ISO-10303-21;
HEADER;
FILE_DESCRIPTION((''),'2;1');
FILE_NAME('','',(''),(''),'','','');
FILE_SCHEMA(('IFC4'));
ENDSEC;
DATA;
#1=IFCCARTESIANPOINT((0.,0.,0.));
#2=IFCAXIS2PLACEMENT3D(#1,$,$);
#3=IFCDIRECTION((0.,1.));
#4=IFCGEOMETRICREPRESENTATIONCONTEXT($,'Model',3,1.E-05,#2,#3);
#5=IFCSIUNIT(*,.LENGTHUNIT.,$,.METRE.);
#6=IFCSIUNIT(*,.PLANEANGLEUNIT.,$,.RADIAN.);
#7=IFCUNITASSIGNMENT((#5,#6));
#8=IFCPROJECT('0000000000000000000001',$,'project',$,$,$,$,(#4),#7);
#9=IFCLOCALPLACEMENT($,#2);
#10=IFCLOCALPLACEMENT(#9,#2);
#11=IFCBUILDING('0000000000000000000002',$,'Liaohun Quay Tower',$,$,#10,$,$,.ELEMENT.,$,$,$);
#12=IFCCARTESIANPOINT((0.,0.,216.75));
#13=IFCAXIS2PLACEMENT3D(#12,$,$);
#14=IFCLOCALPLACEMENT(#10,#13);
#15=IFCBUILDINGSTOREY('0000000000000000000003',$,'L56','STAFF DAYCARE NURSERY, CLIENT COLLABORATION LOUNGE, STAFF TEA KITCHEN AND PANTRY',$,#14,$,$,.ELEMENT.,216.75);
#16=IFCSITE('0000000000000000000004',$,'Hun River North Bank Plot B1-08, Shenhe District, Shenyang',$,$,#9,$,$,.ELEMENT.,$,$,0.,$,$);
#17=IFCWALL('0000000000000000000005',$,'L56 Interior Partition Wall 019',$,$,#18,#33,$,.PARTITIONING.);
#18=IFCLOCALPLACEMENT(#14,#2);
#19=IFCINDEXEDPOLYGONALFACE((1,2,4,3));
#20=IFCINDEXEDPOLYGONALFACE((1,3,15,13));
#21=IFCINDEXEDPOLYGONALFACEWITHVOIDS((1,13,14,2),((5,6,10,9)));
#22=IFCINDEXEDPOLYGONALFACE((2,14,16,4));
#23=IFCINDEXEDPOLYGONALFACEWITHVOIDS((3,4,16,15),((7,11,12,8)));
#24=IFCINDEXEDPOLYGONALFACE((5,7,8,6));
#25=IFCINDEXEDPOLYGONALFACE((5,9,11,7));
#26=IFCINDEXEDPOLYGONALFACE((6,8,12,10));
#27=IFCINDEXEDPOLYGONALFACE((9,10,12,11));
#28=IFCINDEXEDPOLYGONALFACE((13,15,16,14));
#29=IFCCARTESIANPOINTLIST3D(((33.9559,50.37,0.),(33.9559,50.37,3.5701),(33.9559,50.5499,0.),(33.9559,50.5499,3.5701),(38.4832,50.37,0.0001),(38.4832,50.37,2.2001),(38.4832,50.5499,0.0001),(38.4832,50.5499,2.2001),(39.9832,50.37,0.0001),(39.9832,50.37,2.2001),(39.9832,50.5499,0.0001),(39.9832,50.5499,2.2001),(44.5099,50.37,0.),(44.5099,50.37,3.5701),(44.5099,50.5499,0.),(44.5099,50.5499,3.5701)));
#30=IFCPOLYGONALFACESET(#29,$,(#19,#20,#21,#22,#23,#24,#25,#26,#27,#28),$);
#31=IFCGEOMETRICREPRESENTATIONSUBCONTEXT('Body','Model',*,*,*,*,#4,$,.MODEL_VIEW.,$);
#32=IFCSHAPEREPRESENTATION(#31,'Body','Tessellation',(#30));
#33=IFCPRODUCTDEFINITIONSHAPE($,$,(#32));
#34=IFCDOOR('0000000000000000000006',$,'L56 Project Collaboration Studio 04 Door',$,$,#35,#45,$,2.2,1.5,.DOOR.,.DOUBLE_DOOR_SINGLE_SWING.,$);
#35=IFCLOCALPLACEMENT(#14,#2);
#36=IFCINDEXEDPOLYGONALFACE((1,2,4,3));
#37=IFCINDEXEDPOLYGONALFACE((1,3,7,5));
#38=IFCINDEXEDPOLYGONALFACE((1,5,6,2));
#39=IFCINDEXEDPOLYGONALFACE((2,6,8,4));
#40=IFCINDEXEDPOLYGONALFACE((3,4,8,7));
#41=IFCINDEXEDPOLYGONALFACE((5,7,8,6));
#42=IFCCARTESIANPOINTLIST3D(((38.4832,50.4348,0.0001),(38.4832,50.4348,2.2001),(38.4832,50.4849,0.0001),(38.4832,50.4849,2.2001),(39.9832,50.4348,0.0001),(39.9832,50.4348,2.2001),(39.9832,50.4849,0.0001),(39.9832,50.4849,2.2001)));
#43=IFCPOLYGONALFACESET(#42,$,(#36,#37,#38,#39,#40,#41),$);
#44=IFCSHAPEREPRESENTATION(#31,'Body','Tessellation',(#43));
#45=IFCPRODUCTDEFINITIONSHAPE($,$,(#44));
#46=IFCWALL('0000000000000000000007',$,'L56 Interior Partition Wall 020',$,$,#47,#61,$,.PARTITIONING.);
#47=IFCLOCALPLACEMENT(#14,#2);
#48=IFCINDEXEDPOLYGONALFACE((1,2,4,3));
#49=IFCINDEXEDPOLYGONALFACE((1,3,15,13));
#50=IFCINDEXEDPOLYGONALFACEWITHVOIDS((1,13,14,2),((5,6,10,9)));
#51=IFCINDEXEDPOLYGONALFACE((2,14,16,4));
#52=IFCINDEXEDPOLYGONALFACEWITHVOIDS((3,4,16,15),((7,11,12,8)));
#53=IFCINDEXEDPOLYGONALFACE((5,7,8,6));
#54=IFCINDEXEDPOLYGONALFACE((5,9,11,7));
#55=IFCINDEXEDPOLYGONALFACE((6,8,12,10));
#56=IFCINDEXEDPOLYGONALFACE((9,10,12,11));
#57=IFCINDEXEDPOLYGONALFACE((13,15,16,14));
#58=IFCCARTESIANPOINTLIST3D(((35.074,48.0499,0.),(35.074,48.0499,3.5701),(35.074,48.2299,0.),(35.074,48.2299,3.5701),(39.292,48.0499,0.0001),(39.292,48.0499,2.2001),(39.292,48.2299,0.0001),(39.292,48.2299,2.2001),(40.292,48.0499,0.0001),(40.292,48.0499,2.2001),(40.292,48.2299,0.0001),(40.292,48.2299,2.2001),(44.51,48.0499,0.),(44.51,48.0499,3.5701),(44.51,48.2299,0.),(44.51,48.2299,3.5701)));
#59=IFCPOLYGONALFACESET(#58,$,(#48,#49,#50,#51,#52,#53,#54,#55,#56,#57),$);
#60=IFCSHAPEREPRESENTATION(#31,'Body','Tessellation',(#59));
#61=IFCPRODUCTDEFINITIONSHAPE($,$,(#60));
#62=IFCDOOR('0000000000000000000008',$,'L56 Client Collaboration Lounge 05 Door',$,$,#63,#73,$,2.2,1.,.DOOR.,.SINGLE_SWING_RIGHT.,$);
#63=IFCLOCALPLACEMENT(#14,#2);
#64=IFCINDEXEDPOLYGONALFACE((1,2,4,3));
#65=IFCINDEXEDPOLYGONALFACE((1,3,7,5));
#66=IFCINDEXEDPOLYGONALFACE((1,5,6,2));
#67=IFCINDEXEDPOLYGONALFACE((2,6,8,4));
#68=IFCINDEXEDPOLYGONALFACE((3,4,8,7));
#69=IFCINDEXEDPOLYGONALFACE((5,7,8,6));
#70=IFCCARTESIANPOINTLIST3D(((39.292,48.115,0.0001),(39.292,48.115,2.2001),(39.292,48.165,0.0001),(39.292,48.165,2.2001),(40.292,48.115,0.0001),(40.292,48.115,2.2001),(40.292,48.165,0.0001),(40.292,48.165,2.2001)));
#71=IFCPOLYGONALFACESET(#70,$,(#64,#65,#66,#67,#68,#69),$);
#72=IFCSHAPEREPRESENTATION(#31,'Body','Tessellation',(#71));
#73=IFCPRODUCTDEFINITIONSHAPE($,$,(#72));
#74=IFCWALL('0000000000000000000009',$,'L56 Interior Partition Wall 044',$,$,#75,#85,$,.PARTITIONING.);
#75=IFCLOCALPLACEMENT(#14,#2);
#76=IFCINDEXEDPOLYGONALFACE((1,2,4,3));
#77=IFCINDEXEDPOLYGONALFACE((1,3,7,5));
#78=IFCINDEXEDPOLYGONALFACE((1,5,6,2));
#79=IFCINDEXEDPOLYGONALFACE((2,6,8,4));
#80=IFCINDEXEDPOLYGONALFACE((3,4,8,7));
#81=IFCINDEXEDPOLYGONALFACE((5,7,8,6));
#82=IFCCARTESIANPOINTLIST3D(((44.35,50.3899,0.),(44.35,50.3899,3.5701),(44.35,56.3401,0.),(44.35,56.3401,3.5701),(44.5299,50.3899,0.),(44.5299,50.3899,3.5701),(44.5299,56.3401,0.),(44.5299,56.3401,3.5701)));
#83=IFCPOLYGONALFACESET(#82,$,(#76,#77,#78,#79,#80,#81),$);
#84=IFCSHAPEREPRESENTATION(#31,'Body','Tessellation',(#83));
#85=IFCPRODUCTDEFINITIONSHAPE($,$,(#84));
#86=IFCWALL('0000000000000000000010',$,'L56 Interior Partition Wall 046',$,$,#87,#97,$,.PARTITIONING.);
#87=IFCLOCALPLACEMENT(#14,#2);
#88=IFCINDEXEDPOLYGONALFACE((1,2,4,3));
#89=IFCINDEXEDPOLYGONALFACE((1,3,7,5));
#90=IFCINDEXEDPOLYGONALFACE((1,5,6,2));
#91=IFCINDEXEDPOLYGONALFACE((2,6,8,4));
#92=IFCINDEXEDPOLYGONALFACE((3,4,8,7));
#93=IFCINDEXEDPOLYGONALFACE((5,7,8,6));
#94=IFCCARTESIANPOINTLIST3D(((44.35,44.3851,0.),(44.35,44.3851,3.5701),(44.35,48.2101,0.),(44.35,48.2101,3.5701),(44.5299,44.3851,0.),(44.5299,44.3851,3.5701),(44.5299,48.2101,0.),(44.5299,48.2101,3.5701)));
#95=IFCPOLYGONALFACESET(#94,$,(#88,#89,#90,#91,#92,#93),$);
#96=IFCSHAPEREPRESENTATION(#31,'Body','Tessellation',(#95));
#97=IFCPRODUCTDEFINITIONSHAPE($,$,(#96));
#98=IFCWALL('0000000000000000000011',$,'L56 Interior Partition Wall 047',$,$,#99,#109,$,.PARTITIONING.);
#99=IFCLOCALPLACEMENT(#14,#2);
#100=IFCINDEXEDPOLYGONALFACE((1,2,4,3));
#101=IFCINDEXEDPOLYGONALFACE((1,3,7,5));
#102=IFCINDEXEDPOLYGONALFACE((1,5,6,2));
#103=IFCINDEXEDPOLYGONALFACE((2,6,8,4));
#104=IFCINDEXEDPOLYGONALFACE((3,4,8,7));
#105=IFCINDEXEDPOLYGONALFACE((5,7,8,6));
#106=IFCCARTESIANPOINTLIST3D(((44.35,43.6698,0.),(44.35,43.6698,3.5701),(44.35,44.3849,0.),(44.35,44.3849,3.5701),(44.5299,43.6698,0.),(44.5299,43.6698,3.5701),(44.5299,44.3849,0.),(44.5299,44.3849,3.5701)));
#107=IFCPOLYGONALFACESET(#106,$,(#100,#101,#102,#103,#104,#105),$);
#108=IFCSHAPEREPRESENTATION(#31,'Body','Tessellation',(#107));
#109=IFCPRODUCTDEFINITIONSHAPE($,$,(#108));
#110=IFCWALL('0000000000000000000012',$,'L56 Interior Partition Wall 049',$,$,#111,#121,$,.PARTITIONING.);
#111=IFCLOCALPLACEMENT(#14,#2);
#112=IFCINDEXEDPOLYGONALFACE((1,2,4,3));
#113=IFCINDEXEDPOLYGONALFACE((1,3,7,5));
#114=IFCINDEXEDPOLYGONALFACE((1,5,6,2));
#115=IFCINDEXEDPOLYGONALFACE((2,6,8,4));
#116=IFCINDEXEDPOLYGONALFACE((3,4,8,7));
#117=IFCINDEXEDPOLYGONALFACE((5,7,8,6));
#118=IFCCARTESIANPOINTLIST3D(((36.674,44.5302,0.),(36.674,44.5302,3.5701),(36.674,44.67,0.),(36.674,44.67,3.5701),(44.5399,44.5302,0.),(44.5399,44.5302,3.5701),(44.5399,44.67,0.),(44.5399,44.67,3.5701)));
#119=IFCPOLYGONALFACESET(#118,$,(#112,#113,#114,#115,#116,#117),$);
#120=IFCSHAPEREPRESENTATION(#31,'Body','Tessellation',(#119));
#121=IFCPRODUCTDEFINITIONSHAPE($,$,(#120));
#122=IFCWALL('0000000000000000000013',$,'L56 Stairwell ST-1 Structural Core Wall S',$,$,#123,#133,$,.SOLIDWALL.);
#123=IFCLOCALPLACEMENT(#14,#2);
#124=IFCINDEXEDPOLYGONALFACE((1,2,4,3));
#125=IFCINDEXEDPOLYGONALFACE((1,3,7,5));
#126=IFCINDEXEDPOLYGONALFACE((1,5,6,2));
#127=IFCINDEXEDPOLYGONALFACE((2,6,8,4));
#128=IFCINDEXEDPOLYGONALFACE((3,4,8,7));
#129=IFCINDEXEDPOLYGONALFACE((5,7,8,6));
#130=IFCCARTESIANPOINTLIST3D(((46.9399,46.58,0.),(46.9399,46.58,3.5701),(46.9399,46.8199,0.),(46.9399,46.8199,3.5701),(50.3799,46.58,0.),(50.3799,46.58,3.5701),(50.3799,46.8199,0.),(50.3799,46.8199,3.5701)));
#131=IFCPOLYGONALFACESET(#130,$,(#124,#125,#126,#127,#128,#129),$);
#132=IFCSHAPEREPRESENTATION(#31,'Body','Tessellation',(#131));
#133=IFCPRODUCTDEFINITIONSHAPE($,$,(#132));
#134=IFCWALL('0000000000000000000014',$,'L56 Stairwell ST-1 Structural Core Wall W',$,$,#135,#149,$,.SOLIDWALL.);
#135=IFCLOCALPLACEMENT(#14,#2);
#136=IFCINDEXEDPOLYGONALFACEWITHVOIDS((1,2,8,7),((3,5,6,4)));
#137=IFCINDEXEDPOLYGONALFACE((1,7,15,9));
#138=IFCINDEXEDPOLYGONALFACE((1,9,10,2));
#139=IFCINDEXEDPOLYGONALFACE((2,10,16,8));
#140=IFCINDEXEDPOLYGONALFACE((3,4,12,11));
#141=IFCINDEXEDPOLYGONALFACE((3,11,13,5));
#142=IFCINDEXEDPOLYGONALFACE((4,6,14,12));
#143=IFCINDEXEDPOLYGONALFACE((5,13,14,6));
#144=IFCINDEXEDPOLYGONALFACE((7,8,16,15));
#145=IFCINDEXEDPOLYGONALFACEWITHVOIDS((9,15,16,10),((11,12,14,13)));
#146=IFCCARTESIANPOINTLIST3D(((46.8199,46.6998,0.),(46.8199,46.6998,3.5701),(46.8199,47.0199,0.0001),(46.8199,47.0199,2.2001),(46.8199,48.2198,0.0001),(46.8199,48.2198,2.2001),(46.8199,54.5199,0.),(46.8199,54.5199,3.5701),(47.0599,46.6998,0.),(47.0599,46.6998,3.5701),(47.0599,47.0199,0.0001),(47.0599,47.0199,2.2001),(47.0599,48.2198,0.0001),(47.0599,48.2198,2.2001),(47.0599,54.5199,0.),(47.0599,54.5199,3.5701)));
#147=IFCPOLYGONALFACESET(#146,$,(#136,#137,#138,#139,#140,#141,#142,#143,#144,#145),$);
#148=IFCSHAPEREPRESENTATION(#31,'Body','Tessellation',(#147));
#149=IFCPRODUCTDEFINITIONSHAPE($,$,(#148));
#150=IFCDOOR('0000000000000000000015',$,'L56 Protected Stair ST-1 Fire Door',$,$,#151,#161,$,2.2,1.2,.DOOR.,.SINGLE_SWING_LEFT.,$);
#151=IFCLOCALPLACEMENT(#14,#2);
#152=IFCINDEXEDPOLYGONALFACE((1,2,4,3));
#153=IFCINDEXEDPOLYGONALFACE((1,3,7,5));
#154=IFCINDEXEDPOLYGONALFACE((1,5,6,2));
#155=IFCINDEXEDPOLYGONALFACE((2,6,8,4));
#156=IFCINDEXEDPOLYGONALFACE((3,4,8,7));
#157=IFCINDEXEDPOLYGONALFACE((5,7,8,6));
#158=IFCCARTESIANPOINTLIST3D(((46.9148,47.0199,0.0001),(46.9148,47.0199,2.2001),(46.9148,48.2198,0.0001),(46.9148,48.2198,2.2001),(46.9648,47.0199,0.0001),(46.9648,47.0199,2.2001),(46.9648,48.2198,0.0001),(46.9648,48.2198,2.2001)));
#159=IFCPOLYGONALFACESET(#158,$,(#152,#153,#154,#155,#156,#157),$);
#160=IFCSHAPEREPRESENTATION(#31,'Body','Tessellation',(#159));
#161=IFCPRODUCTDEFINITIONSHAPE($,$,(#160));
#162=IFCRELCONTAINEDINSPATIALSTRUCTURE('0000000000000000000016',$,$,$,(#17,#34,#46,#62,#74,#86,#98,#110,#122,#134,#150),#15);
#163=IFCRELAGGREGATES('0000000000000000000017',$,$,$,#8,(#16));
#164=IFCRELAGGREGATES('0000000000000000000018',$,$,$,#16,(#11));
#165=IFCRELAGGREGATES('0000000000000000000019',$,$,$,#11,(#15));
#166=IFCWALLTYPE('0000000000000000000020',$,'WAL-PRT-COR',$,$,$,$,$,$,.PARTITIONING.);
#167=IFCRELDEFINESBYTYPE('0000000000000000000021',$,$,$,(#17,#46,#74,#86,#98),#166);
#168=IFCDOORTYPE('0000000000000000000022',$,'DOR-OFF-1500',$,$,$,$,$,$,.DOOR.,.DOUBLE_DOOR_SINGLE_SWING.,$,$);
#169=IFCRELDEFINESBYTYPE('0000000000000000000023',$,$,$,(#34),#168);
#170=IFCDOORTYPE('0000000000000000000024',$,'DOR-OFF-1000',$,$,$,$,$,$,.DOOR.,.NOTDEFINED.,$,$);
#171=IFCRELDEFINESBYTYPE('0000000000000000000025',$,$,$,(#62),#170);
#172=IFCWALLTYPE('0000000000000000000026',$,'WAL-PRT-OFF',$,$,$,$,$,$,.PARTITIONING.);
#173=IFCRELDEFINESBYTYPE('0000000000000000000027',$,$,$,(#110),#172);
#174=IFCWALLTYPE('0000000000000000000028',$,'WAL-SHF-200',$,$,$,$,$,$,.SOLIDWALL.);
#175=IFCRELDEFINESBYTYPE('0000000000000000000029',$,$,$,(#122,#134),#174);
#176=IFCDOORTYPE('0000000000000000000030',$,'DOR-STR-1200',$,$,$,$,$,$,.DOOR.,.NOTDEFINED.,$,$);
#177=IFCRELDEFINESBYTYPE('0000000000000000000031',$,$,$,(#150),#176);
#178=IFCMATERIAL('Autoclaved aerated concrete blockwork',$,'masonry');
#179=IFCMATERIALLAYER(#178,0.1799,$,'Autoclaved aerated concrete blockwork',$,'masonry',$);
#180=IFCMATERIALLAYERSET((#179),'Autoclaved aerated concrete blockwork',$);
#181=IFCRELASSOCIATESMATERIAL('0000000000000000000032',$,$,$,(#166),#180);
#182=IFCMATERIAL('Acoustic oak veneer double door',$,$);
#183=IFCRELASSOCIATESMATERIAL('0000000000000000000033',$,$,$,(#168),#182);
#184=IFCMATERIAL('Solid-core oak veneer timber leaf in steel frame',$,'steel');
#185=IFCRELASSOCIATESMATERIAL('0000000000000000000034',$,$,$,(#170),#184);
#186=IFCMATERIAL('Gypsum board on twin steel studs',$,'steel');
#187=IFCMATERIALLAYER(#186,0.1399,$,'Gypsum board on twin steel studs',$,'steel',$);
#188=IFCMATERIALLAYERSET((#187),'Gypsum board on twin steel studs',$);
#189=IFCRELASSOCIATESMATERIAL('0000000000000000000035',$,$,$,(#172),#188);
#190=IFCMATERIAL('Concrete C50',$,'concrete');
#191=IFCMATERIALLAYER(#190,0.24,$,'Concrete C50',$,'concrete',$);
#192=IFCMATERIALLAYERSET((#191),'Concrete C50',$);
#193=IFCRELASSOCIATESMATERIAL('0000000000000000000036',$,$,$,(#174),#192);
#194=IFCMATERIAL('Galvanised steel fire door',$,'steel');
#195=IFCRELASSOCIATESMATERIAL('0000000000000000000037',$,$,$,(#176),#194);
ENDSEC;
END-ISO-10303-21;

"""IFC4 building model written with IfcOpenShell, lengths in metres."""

from ifc_helpers import new_model, si_unit, direction, frame, frame_2d, origin, place, context, subcontext, project, spatial, rectangle, extrude, source, transform, mapped, material, layer, layer_set, type_object, element, fill, save


model = new_model("IFC4")

# Units and contexts
model_context = context("Model", 3, precision=1e-05, world=origin(), true_north=direction((0.0, 1.0)))
body_context = subcontext(model_context, "Body", "Model", "MODEL_VIEW")
ifc_project = project(units=[si_unit("LENGTHUNIT", "METRE"), si_unit("PLANEANGLEUNIT", "RADIAN")], contexts=[model_context])

# Site, building, storey
site_placement = place(None, origin())
site = spatial("IfcSite", under=ifc_project, at=site_placement, Name="Hun River North Bank Plot B1-08, Shenhe District, Shenyang", CompositionType="ELEMENT", RefElevation=0.0)
building_placement = place(site_placement, origin())
building = spatial("IfcBuilding", under=site, at=building_placement, Name="Liaohun Quay Tower", CompositionType="ELEMENT")
storey_placement = place(building_placement, frame((0.0, 0.0, 216.75)))
storey = spatial("IfcBuildingStorey", under=building, at=storey_placement, Name="L56", Description="STAFF DAYCARE NURSERY, CLIENT COLLABORATION LOUNGE, STAFF TEA KITCHEN AND PANTRY", CompositionType="ELEMENT", Elevation=216.75)

# Walls, openings, doors
ifc_material_1 = material(Name="Autoclaved aerated concrete blockwork", Category="masonry")
ifc_layer_1 = layer(ifc_material_1, 0.1799, Name="Autoclaved aerated concrete blockwork", Category="masonry")
ifc_layer_set_1 = layer_set([ifc_layer_1], Name="Autoclaved aerated concrete blockwork")
wall_type_1 = type_object("IfcWallType", Name="WAL-PRT-COR", PredefinedType="PARTITIONING", material=ifc_layer_set_1)
wall_1_placement = place(storey_placement, frame((33.9561, 50.46, 0.0), z_axis=(0.0, 0.0, 1.0), x_axis=(1.0, 0.0, 0.0)))
wall_1 = element("IfcWall", 1, at=wall_1_placement, inside=storey, type_object=wall_type_1, Name="L56 Interior Partition Wall 019", PredefinedType="PARTITIONING", context=body_context, shape_type="SweptSolid", body=[
    extrude(rectangle(XDim=10.554, YDim=0.1799, at=frame_2d((5.2769, 0.0))), origin(), (0.0, 0.0, 1.0), 3.5701),
])
shared_shape_1 = source(origin(), body_context, "Body", "SweptSolid", [
    extrude(rectangle(XDim=1.5, YDim=2.2, at=frame_2d((0.75, 1.1001))), frame((0.0, 0.0999, 0.0), z_axis=(0.0, -1.0, 0.0), x_axis=(1.0, 0.0, 0.0)), (0.0, 0.0, 1.0), 0.2),
])
opening_1_placement = place(wall_1_placement, frame((4.5271, 0.0, 0.0)))
opening_1 = element("IfcOpeningElement", 2, at=opening_1_placement, cuts=wall_1, PredefinedType="OPENING", context=body_context, shape_type="MappedRepresentation", body=[
    mapped(shared_shape_1, transform((0.0, 0.0, 0.0), x_axis=(1.0, 0.0, 0.0), y_axis=(0.0, 1.0, 0.0), z_axis=(0.0, 0.0, 1.0), scale=1.0)),
])
ifc_material_2 = material(Name="Acoustic oak veneer double door")
door_type_1 = type_object("IfcDoorType", Name="DOR-OFF-1500", OperationType="DOUBLE_DOOR_SINGLE_SWING", PredefinedType="DOOR", material=ifc_material_2)
shared_shape_2 = source(origin(), body_context, "Body", "SweptSolid", [
    extrude(rectangle(XDim=1.5, YDim=2.2, at=frame_2d((0.75, 1.1001))), frame((0.0, 0.0249, 0.0), z_axis=(0.0, -1.0, 0.0), x_axis=(1.0, 0.0, 0.0)), (0.0, 0.0, 1.0), 0.05),
])
door_1_placement = place(opening_1_placement, origin())
door_1 = element("IfcDoor", 3, at=door_1_placement, inside=storey, type_object=door_type_1, Name="L56 Project Collaboration Studio 04 Door", OperationType="DOUBLE_DOOR_SINGLE_SWING", OverallHeight=2.2, OverallWidth=1.5, PredefinedType="DOOR", context=body_context, shape_type="MappedRepresentation", body=[
    mapped(shared_shape_2, transform((0.0, 0.0, 0.0), x_axis=(1.0, 0.0, 0.0), y_axis=(0.0, 1.0, 0.0), z_axis=(0.0, 0.0, 1.0), scale=1.0)),
])
fill(opening_1, door_1)
wall_2_placement = place(storey_placement, frame((44.51, 48.1399, 0.0), z_axis=(0.0, 0.0, 1.0), x_axis=(-1.0, 0.0, 0.0)))
wall_2 = element("IfcWall", 4, at=wall_2_placement, inside=storey, type_object=wall_type_1, Name="L56 Interior Partition Wall 020", PredefinedType="PARTITIONING", context=body_context, shape_type="SweptSolid", body=[
    extrude(rectangle(XDim=9.436, YDim=0.1799, at=frame_2d((4.718, 0.0))), origin(), (0.0, 0.0, 1.0), 3.5701),
])
shared_shape_3 = source(origin(), body_context, "Body", "SweptSolid", [
    extrude(rectangle(XDim=1.0, YDim=2.2, at=frame_2d((0.5, 1.1001))), frame((0.0, 0.0999, 0.0), z_axis=(0.0, -1.0, 0.0), x_axis=(1.0, 0.0, 0.0)), (0.0, 0.0, 1.0), 0.2),
])
opening_2_placement = place(wall_2_placement, frame((4.218, 0.0, 0.0)))
opening_2 = element("IfcOpeningElement", 5, at=opening_2_placement, cuts=wall_2, PredefinedType="OPENING", context=body_context, shape_type="MappedRepresentation", body=[
    mapped(shared_shape_3, transform((0.0, 0.0, 0.0), x_axis=(1.0, 0.0, 0.0), y_axis=(0.0, 1.0, 0.0), z_axis=(0.0, 0.0, 1.0), scale=1.0)),
])
ifc_material_3 = material(Name="Solid-core oak veneer timber leaf in steel frame", Category="steel")
door_type_2 = type_object("IfcDoorType", Name="DOR-OFF-1000", OperationType="NOTDEFINED", PredefinedType="DOOR", material=ifc_material_3)
shared_shape_4 = source(origin(), body_context, "Body", "SweptSolid", [
    extrude(rectangle(XDim=1.0, YDim=2.2, at=frame_2d((0.5, 1.1001))), frame((0.0, 0.0249, 0.0), z_axis=(0.0, -1.0, 0.0), x_axis=(1.0, 0.0, 0.0)), (0.0, 0.0, 1.0), 0.05),
])
door_2_placement = place(opening_2_placement, origin())
door_2 = element("IfcDoor", 6, at=door_2_placement, inside=storey, type_object=door_type_2, Name="L56 Client Collaboration Lounge 05 Door", OperationType="SINGLE_SWING_RIGHT", OverallHeight=2.2, OverallWidth=1.0, PredefinedType="DOOR", context=body_context, shape_type="MappedRepresentation", body=[
    mapped(shared_shape_4, transform((0.0, 0.0, 0.0), x_axis=(1.0, 0.0, 0.0), y_axis=(0.0, 1.0, 0.0), z_axis=(0.0, 0.0, 1.0), scale=1.0)),
])
fill(opening_2, door_2)

# Walls
wall_3_placement = place(storey_placement, frame((44.4399, 50.3899, 0.0), z_axis=(0.0, 0.0, 1.0), x_axis=(0.0, 1.0, 0.0)))
element("IfcWall", 7, at=wall_3_placement, inside=storey, type_object=wall_type_1, Name="L56 Interior Partition Wall 044", PredefinedType="PARTITIONING", context=body_context, shape_type="SweptSolid", body=[
    extrude(rectangle(XDim=5.9502, YDim=0.1799, at=frame_2d((2.9751, 0.0))), origin(), (0.0, 0.0, 1.0), 3.5701),
])
wall_4_placement = place(storey_placement, frame((44.4399, 44.385, 0.0), z_axis=(0.0, 0.0, 1.0), x_axis=(0.0, 1.0, 0.0)))
element("IfcWall", 8, at=wall_4_placement, inside=storey, type_object=wall_type_1, Name="L56 Interior Partition Wall 046", PredefinedType="PARTITIONING", context=body_context, shape_type="SweptSolid", body=[
    extrude(rectangle(XDim=3.825, YDim=0.1799, at=frame_2d((1.9126, 0.0))), origin(), (0.0, 0.0, 1.0), 3.5701),
])
wall_5_placement = place(storey_placement, frame((44.4399, 43.6699, 0.0), z_axis=(0.0, 0.0, 1.0), x_axis=(0.0, 1.0, 0.0)))
element("IfcWall", 9, at=wall_5_placement, inside=storey, type_object=wall_type_1, Name="L56 Interior Partition Wall 047", PredefinedType="PARTITIONING", context=body_context, shape_type="SweptSolid", body=[
    extrude(rectangle(XDim=0.7151, YDim=0.1799, at=frame_2d((0.3574, 0.0))), origin(), (0.0, 0.0, 1.0), 3.5701),
])
ifc_material_4 = material(Name="Gypsum board on twin steel studs", Category="steel")
ifc_layer_2 = layer(ifc_material_4, 0.1399, Name="Gypsum board on twin steel studs", Category="steel")
ifc_layer_set_2 = layer_set([ifc_layer_2], Name="Gypsum board on twin steel studs")
wall_type_2 = type_object("IfcWallType", Name="WAL-PRT-OFF", PredefinedType="PARTITIONING", material=ifc_layer_set_2)
wall_6_placement = place(storey_placement, frame((44.54, 44.6001, 0.0), z_axis=(0.0, 0.0, 1.0), x_axis=(-1.0, 0.0, 0.0)))
element("IfcWall", 10, at=wall_6_placement, inside=storey, type_object=wall_type_2, Name="L56 Interior Partition Wall 049", PredefinedType="PARTITIONING", context=body_context, shape_type="SweptSolid", body=[
    extrude(rectangle(XDim=7.866, YDim=0.1399, at=frame_2d((3.9331, 0.0))), origin(), (0.0, 0.0, 1.0), 3.5701),
])
ifc_material_5 = material(Name="Concrete C50", Category="concrete")
ifc_layer_3 = layer(ifc_material_5, 0.24, Name="Concrete C50", Category="concrete")
ifc_layer_set_3 = layer_set([ifc_layer_3], Name="Concrete C50")
wall_type_3 = type_object("IfcWallType", Name="WAL-SHF-200", PredefinedType="SOLIDWALL", material=ifc_layer_set_3)
wall_7_placement = place(storey_placement, frame((46.9399, 46.7, 0.0), z_axis=(0.0, 0.0, 1.0), x_axis=(1.0, 0.0, 0.0)))
element("IfcWall", 11, at=wall_7_placement, inside=storey, type_object=wall_type_3, Name="L56 Stairwell ST-1 Structural Core Wall S", PredefinedType="SOLIDWALL", context=body_context, shape_type="SweptSolid", body=[
    extrude(rectangle(XDim=3.4399, YDim=0.24, at=frame_2d((1.72, 0.0))), origin(), (0.0, 0.0, 1.0), 3.5701),
])

# Wall, opening, door
wall_8_placement = place(storey_placement, frame((46.9399, 54.52, 0.0), z_axis=(0.0, 0.0, 1.0), x_axis=(0.0, -1.0, 0.0)))
wall_8 = element("IfcWall", 12, at=wall_8_placement, inside=storey, type_object=wall_type_3, Name="L56 Stairwell ST-1 Structural Core Wall W", PredefinedType="SOLIDWALL", context=body_context, shape_type="SweptSolid", body=[
    extrude(rectangle(XDim=7.8201, YDim=0.24, at=frame_2d((3.9102, 0.0))), origin(), (0.0, 0.0, 1.0), 3.5701),
])
shared_shape_5 = source(origin(), body_context, "Body", "SweptSolid", [
    extrude(rectangle(XDim=1.2, YDim=2.2, at=frame_2d((0.6001, 1.1001))), frame((0.0, 0.1299, 0.0), z_axis=(0.0, -1.0, 0.0), x_axis=(1.0, 0.0, 0.0)), (0.0, 0.0, 1.0), 0.26),
])
opening_3_placement = place(wall_8_placement, frame((6.3, 0.0, 0.0)))
opening_3 = element("IfcOpeningElement", 13, at=opening_3_placement, cuts=wall_8, PredefinedType="OPENING", context=body_context, shape_type="MappedRepresentation", body=[
    mapped(shared_shape_5, transform((0.0, 0.0, 0.0), x_axis=(1.0, 0.0, 0.0), y_axis=(0.0, 1.0, 0.0), z_axis=(0.0, 0.0, 1.0), scale=1.0)),
])
ifc_material_6 = material(Name="Galvanised steel fire door", Category="steel")
door_type_3 = type_object("IfcDoorType", Name="DOR-STR-1200", OperationType="NOTDEFINED", PredefinedType="DOOR", material=ifc_material_6)
shared_shape_6 = source(origin(), body_context, "Body", "SweptSolid", [
    extrude(rectangle(XDim=1.2, YDim=2.2, at=frame_2d((0.6001, 1.1001))), frame((0.0, 0.0249, 0.0), z_axis=(0.0, -1.0, 0.0), x_axis=(1.0, 0.0, 0.0)), (0.0, 0.0, 1.0), 0.05),
])
door_3_placement = place(opening_3_placement, origin())
door_3 = element("IfcDoor", 14, at=door_3_placement, inside=storey, type_object=door_type_3, Name="L56 Protected Stair ST-1 Fire Door", OperationType="SINGLE_SWING_LEFT", OverallHeight=2.2, OverallWidth=1.2, PredefinedType="DOOR", context=body_context, shape_type="MappedRepresentation", body=[
    mapped(shared_shape_6, transform((0.0, 0.0, 0.0), x_axis=(1.0, 0.0, 0.0), y_axis=(0.0, 1.0, 0.0), z_axis=(0.0, 0.0, 1.0), scale=1.0)),
])
fill(opening_3, door_3)

save(model, "model.ifc")
